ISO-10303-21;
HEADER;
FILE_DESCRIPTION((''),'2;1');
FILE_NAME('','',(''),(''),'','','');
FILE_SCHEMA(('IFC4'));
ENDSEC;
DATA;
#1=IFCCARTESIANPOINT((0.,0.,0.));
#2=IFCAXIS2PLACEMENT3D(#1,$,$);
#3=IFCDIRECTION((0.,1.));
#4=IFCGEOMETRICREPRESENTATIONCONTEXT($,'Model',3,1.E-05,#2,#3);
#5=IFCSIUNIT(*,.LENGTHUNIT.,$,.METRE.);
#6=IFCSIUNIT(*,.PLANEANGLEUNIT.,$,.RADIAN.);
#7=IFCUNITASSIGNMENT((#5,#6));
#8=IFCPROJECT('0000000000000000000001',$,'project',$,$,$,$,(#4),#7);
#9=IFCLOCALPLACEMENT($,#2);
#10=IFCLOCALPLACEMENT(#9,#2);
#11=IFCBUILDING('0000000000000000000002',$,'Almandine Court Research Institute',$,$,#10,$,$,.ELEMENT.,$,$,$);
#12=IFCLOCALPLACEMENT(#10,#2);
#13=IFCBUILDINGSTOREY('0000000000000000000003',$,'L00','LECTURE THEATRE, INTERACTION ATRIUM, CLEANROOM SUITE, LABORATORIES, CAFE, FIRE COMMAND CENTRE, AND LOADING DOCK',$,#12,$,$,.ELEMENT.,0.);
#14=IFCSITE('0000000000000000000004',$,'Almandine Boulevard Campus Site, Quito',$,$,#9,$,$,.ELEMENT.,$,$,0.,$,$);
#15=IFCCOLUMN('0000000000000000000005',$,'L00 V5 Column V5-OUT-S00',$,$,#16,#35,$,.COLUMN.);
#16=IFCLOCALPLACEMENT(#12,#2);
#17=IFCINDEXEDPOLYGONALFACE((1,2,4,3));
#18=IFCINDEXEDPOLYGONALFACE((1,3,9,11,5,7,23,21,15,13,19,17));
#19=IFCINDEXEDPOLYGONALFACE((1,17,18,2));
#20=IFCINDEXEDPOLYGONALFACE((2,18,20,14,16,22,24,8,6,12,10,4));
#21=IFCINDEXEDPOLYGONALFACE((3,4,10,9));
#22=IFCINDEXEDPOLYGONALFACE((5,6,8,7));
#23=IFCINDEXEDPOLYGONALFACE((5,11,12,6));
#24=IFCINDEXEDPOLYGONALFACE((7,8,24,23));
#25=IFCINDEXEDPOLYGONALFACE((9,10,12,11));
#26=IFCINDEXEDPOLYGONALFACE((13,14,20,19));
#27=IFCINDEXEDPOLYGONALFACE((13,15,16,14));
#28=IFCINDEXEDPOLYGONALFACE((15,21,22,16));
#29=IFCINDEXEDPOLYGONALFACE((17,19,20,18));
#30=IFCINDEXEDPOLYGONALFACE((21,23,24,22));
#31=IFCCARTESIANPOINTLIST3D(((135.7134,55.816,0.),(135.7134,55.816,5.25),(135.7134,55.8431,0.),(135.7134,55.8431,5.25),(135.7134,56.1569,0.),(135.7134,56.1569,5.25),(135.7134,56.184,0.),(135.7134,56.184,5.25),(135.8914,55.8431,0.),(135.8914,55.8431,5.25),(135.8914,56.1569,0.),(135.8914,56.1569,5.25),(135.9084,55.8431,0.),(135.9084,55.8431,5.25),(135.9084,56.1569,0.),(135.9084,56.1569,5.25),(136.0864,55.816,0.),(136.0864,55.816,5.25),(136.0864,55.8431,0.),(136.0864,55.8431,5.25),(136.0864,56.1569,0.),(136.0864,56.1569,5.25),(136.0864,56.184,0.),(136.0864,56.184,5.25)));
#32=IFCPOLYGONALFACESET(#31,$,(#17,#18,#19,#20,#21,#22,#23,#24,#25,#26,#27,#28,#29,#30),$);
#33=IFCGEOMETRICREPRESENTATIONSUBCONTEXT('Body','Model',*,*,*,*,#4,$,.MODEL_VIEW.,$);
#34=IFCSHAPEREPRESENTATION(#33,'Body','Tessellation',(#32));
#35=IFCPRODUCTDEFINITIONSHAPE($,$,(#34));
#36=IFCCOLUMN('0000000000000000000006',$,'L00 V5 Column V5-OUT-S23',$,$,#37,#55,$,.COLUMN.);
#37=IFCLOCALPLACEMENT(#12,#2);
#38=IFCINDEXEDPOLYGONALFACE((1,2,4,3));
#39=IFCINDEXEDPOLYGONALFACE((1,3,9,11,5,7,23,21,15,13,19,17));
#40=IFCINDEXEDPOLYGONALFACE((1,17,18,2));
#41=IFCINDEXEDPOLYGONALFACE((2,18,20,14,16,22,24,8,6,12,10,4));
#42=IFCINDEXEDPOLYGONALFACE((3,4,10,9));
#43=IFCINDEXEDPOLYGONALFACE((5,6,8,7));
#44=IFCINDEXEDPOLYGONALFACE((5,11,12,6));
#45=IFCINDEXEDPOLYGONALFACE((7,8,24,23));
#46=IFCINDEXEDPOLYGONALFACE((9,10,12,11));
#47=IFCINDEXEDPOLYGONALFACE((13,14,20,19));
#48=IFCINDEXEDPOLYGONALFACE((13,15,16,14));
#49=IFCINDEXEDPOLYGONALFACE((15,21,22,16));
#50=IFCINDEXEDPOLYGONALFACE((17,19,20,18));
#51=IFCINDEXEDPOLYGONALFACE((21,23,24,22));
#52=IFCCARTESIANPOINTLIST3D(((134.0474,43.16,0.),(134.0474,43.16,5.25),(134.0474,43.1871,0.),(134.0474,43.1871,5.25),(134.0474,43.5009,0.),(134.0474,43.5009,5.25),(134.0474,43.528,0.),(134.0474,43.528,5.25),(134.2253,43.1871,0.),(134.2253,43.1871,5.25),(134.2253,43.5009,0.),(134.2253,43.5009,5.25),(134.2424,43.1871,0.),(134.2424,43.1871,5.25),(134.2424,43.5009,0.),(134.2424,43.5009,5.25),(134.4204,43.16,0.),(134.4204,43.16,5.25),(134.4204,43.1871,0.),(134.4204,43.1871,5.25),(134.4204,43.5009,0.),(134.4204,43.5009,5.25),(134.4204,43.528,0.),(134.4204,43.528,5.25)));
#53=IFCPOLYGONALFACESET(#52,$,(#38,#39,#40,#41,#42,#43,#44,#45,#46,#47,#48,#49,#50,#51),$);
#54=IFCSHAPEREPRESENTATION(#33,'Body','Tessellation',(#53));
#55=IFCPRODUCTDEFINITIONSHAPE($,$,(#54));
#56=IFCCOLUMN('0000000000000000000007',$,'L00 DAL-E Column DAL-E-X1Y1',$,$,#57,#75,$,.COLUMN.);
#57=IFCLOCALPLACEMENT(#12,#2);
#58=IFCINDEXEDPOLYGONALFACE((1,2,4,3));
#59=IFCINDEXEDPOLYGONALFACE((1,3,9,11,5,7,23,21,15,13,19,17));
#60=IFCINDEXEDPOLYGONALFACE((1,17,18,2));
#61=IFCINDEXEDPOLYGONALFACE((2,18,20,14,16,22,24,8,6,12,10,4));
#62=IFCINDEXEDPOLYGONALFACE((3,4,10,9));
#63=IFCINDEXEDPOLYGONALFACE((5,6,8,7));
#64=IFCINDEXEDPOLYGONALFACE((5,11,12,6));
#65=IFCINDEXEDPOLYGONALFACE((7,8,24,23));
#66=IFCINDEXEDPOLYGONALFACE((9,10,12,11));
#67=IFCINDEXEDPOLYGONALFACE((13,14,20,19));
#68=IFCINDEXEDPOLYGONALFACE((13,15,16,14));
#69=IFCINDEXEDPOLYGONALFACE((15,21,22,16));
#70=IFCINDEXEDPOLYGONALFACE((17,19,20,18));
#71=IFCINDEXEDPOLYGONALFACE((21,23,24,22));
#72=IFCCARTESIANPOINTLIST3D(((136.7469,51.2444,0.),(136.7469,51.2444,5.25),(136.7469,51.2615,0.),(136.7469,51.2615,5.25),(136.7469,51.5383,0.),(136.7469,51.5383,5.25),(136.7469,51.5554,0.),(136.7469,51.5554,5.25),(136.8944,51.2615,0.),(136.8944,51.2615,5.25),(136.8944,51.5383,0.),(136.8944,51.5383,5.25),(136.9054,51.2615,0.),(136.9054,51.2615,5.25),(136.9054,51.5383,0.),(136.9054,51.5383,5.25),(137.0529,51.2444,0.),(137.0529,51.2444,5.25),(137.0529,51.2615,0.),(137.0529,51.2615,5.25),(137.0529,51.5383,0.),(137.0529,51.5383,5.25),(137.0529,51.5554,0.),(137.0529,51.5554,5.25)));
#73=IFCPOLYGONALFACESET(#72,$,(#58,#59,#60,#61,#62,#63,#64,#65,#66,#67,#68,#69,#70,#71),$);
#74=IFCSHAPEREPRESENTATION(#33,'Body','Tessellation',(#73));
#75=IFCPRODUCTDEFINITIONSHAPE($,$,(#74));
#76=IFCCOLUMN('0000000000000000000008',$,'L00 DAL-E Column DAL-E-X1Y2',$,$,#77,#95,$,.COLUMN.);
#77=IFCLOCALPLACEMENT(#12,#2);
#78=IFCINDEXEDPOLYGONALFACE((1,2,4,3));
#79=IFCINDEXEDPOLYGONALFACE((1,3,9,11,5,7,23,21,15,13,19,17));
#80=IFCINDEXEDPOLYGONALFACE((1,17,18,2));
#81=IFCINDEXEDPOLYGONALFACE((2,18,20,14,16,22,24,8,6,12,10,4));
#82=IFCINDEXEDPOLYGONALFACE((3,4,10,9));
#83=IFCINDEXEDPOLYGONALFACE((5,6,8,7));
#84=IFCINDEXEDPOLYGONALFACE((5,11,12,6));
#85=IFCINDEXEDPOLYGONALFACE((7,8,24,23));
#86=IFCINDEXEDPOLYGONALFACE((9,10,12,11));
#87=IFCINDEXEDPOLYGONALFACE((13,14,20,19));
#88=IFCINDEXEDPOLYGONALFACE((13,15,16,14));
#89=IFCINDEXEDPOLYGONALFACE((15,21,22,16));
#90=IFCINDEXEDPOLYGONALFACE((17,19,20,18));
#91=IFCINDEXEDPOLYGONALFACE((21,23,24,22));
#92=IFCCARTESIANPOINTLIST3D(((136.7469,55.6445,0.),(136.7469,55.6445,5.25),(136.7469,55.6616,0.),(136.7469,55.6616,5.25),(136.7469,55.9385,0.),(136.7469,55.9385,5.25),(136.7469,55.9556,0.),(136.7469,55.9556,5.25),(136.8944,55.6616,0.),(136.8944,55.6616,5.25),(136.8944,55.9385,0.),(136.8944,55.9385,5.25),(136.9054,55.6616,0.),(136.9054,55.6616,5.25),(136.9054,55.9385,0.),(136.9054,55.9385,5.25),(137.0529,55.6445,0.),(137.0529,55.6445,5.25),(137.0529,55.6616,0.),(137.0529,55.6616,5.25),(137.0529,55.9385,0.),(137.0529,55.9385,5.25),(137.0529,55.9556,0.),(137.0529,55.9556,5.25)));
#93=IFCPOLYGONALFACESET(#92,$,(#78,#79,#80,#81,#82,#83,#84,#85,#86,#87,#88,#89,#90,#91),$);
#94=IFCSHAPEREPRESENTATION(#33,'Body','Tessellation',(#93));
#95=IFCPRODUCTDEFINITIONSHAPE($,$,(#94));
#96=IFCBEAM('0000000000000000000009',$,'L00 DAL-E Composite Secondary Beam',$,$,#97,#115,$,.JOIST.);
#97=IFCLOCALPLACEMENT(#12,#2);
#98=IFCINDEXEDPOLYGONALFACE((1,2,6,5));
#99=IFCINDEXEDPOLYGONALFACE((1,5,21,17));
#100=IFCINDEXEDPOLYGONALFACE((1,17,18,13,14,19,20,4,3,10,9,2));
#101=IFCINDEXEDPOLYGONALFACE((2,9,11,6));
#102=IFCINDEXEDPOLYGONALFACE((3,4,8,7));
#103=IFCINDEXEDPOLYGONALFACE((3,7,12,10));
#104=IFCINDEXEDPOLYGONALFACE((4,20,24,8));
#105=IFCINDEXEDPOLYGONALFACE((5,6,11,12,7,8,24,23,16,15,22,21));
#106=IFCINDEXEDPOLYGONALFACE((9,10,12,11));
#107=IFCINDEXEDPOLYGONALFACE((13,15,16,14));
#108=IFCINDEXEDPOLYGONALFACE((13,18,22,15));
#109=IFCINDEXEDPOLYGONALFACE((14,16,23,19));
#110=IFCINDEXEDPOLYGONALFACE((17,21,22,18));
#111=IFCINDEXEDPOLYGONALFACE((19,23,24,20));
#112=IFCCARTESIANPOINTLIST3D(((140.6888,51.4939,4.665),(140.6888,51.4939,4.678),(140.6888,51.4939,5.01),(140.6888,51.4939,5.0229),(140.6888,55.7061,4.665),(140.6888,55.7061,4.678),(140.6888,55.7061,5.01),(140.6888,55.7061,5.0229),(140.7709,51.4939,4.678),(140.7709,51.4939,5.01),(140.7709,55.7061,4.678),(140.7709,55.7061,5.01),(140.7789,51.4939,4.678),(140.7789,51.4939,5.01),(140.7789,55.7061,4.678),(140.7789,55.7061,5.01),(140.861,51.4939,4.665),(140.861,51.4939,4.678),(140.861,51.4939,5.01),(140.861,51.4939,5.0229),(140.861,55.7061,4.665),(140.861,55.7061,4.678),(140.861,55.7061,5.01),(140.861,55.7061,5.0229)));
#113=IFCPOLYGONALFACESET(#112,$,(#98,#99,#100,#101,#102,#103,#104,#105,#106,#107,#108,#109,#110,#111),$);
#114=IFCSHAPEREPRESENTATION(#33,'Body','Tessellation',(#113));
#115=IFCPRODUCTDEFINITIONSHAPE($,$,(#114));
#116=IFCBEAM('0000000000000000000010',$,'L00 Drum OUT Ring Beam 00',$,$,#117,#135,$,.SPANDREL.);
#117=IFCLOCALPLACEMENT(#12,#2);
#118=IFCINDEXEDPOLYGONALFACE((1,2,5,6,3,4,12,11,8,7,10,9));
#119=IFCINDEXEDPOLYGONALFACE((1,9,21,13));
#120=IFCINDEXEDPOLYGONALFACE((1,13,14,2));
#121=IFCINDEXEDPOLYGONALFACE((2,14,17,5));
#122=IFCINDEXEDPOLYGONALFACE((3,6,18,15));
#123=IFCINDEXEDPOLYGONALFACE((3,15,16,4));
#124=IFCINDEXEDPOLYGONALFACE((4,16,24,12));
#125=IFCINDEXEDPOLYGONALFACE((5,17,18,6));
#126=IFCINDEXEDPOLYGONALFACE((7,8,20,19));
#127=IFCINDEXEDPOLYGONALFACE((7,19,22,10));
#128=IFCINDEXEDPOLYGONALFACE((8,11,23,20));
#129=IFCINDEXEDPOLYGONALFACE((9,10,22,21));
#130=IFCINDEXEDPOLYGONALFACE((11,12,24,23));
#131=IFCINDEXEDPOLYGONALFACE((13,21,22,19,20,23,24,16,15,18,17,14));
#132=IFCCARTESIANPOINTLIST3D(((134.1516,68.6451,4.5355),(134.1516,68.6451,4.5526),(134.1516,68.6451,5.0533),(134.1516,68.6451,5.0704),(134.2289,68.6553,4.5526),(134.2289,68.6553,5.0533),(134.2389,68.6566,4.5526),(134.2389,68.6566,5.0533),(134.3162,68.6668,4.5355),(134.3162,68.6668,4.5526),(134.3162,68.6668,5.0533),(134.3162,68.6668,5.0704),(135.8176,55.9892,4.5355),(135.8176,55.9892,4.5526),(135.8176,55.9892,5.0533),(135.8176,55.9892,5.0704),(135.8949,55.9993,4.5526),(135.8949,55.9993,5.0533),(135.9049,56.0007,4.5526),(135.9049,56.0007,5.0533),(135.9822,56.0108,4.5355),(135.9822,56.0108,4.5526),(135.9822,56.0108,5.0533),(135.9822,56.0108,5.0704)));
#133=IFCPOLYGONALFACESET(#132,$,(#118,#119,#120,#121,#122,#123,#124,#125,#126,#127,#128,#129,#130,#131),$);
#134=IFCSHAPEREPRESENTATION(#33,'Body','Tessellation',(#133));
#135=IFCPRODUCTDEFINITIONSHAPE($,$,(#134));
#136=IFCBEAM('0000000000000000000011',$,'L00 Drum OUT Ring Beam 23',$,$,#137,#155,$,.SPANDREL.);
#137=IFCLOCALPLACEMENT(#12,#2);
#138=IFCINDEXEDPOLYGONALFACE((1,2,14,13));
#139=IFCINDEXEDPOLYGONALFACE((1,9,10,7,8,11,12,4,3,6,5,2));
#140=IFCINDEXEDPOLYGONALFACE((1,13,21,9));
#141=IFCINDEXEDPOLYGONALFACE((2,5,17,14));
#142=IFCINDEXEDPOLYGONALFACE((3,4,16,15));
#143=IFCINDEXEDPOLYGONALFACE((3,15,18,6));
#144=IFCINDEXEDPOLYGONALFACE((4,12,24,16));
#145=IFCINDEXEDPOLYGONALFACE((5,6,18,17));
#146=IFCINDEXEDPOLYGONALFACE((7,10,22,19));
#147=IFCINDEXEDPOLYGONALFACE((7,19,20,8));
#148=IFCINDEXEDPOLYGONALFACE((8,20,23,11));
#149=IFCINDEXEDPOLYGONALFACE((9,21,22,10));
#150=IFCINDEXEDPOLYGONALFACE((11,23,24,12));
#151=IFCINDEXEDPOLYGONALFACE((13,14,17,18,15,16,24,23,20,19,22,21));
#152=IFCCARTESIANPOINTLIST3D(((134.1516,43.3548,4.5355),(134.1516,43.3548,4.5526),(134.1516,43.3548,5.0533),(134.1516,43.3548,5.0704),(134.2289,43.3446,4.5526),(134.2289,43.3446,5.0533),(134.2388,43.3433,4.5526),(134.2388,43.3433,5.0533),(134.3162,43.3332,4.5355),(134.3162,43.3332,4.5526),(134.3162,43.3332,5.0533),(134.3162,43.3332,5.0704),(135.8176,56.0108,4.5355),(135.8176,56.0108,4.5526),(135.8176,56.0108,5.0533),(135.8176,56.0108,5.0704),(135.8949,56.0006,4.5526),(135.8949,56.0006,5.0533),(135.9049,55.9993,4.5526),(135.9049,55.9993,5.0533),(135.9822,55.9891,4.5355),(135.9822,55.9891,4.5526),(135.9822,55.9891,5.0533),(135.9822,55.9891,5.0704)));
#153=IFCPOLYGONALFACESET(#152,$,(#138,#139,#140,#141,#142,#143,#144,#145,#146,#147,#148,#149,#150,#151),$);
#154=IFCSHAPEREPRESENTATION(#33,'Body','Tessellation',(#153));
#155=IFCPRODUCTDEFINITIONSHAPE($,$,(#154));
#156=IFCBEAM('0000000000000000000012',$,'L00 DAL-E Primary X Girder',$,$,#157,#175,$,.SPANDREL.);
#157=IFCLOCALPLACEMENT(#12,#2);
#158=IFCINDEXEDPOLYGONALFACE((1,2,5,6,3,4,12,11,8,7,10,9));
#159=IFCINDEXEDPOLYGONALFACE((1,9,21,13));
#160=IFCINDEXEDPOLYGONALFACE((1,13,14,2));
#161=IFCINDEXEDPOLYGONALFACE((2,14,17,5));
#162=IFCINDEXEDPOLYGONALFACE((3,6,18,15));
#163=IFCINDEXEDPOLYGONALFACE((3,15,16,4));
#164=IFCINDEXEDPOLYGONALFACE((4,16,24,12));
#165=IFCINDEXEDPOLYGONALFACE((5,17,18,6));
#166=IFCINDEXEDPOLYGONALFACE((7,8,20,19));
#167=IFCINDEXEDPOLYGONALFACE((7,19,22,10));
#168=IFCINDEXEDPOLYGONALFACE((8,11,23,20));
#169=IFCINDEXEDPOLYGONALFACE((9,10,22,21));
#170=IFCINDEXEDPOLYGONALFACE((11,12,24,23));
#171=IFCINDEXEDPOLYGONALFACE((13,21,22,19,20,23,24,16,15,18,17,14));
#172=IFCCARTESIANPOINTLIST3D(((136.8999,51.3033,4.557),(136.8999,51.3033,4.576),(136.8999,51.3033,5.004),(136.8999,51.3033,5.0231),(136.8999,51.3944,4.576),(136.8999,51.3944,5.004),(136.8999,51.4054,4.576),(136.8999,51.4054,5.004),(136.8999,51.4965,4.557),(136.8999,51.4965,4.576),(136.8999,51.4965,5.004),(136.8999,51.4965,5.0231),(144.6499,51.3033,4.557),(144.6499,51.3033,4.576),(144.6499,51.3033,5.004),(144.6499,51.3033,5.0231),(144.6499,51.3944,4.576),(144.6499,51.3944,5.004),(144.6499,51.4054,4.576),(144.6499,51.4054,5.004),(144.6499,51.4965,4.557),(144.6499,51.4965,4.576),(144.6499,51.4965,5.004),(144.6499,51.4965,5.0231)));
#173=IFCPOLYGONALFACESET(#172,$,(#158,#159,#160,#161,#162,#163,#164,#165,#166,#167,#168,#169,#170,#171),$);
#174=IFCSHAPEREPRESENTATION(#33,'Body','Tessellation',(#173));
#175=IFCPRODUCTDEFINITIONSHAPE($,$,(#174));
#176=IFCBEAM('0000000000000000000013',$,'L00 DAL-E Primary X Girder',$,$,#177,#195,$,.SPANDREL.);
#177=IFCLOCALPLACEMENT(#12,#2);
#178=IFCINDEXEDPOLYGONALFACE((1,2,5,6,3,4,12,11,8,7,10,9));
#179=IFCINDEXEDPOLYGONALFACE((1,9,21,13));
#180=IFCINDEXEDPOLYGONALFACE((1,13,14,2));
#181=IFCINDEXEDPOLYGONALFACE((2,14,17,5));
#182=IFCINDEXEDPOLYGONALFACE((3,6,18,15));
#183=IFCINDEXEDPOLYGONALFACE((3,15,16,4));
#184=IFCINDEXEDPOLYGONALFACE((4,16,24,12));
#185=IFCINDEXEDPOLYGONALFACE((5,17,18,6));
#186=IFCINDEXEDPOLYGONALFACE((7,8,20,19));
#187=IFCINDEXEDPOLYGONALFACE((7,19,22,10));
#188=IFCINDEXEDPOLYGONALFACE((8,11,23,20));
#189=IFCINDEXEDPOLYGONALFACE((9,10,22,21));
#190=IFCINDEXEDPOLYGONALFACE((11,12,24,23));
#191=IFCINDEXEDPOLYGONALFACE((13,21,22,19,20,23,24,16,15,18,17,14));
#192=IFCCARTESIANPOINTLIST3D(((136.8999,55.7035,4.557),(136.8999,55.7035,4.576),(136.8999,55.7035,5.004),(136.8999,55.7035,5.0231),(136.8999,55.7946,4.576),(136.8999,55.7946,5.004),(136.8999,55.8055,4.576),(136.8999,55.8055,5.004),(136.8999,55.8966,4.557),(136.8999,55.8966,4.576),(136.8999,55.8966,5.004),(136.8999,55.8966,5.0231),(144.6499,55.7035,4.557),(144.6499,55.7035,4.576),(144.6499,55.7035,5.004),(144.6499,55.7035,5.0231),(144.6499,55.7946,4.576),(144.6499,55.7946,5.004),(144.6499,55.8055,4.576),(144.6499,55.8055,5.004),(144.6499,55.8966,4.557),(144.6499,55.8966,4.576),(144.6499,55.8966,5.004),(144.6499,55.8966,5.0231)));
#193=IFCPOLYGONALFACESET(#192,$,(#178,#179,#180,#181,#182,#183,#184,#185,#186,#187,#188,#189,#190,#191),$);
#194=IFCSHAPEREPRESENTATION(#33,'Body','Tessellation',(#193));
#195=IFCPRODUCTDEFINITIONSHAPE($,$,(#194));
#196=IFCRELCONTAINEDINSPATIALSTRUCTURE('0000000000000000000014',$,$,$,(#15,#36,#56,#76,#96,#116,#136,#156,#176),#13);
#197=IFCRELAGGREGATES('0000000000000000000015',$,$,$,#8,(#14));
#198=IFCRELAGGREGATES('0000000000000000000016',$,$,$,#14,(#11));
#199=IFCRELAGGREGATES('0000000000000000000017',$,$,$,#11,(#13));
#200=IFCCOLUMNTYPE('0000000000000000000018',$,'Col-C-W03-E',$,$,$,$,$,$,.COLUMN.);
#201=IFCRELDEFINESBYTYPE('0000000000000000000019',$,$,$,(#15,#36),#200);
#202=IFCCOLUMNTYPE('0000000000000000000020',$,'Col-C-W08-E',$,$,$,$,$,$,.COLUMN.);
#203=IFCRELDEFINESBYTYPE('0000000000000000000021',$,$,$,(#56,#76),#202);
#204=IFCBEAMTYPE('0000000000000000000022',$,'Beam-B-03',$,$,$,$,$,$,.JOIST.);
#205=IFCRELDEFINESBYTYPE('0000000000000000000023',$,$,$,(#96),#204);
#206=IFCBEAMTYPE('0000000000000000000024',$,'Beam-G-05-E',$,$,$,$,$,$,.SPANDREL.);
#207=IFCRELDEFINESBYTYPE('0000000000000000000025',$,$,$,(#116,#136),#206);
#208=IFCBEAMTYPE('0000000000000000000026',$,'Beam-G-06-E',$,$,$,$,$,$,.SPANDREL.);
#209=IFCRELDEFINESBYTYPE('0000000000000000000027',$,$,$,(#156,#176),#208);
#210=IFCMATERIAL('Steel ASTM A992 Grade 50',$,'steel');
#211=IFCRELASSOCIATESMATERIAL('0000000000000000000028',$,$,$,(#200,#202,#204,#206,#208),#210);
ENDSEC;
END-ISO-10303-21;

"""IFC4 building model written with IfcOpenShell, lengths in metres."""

from ifc_helpers import new_model, si_unit, direction, frame, origin, origin_2d, place, context, subcontext, project, spatial, i_section, extrude, material, material_profile, profile_set, type_object, element, save


model = new_model("IFC4")

# Units and contexts
model_context = context("Model", 3, precision=1e-05, world=origin(), true_north=direction((0.0, 1.0)))
body_context = subcontext(model_context, "Body", "Model", "MODEL_VIEW")
ifc_project = project(units=[si_unit("LENGTHUNIT", "METRE"), si_unit("PLANEANGLEUNIT", "RADIAN")], contexts=[model_context])

# Site, building, storey
site_placement = place(None, origin())
site = spatial("IfcSite", under=ifc_project, at=site_placement, Name="Almandine Boulevard Campus Site, Quito", CompositionType="ELEMENT", RefElevation=0.0)
building_placement = place(site_placement, origin())
building = spatial("IfcBuilding", under=site, at=building_placement, Name="Almandine Court Research Institute", CompositionType="ELEMENT")
storey_placement = place(building_placement, origin())
storey = spatial("IfcBuildingStorey", under=building, at=storey_placement, Name="L00", Description="LECTURE THEATRE, INTERACTION ATRIUM, CLEANROOM SUITE, LABORATORIES, CAFE, FIRE COMMAND CENTRE, AND LOADING DOCK", CompositionType="ELEMENT", Elevation=0.0)

# Columns
ifc_material_1 = material(Name="Steel ASTM A992 Grade 50", Category="steel")
ifc_material_profile_1 = material_profile(ifc_material_1, i_section(OverallWidth=0.373, OverallDepth=0.3679, WebThickness=0.0171, FlangeThickness=0.0271, at=origin_2d()), Name="W360x179")
ifc_profile_set_1 = profile_set([ifc_material_profile_1], Name="Steel ASTM A992 Grade 50")
column_type_1 = type_object("IfcColumnType", Name="Col-C-W03-E", PredefinedType="COLUMN", material=ifc_profile_set_1)
for number, where, z_axis, x_axis, name in (
    (1, (135.8999, 56.0, 0.0), (0.0, 0.0, 1.0), (1.0, 0.0, 0.0), "L00 V5 Column V5-OUT-S00"),
    (2, (134.2339, 43.344, 0.0), (0.0, 0.0, 1.0), (1.0, 0.0, 0.0), "L00 V5 Column V5-OUT-S23"),
):
    element("IfcColumn", number, at=place(storey_placement, frame(where, z_axis=z_axis, x_axis=x_axis)), inside=storey, type_object=column_type_1, Name=name, PredefinedType="COLUMN", context=body_context, shape_type="SweptSolid", body=[
        extrude(i_section(OverallWidth=0.373, OverallDepth=0.3679, WebThickness=0.0171, FlangeThickness=0.0271, at=origin_2d()), origin(), (0.0, 0.0, 1.0), 5.25),
    ])
ifc_material_profile_2 = material_profile(ifc_material_1, i_section(OverallWidth=0.3059, OverallDepth=0.311, WebThickness=0.011, FlangeThickness=0.0171, at=origin_2d()), Name="W310x107")
ifc_profile_set_2 = profile_set([ifc_material_profile_2], Name="Steel ASTM A992 Grade 50")
column_type_2 = type_object("IfcColumnType", Name="Col-C-W08-E", PredefinedType="COLUMN", material=ifc_profile_set_2)
for number, where, z_axis, x_axis, name in (
    (3, (136.8999, 51.3999, 0.0), (0.0, 0.0, 1.0), (1.0, 0.0, 0.0), "L00 DAL-E Column DAL-E-X1Y1"),
    (4, (136.8999, 55.8, 0.0), (0.0, 0.0, 1.0), (1.0, 0.0, 0.0), "L00 DAL-E Column DAL-E-X1Y2"),
):
    element("IfcColumn", number, at=place(storey_placement, frame(where, z_axis=z_axis, x_axis=x_axis)), inside=storey, type_object=column_type_2, Name=name, PredefinedType="COLUMN", context=body_context, shape_type="SweptSolid", body=[
        extrude(i_section(OverallWidth=0.3059, OverallDepth=0.311, WebThickness=0.011, FlangeThickness=0.0171, at=origin_2d()), origin(), (0.0, 0.0, 1.0), 5.25),
    ])

# Beams
ifc_material_profile_3 = material_profile(ifc_material_1, i_section(OverallWidth=0.1721, OverallDepth=0.3579, WebThickness=0.0081, FlangeThickness=0.0129, at=origin_2d()), Name="W360x57")
ifc_profile_set_3 = profile_set([ifc_material_profile_3], Name="Steel ASTM A992 Grade 50")
beam_type_1 = type_object("IfcBeamType", Name="Beam-B-03", PredefinedType="JOIST", material=ifc_profile_set_3)
beam_1_placement = place(storey_placement, frame((140.7749, 51.4939, 4.844), z_axis=(0.0, 1.0, 0.0), x_axis=(-1.0, 0.0, 0.0)))
element("IfcBeam", 5, at=beam_1_placement, inside=storey, type_object=beam_type_1, Name="L00 DAL-E Composite Secondary Beam", PredefinedType="JOIST", context=body_context, shape_type="SweptSolid", body=[
    extrude(i_section(OverallWidth=0.1721, OverallDepth=0.3579, WebThickness=0.0081, FlangeThickness=0.0129, at=origin_2d()), origin(), (0.0, 0.0, 1.0), 4.2122),
])
ifc_material_profile_4 = material_profile(ifc_material_1, i_section(OverallWidth=0.166, OverallDepth=0.5349, WebThickness=0.01, FlangeThickness=0.0171, at=origin_2d()), Name="W530x85")
ifc_profile_set_4 = profile_set([ifc_material_profile_4], Name="Steel ASTM A992 Grade 50")
beam_type_2 = type_object("IfcBeamType", Name="Beam-G-05-E", PredefinedType="SPANDREL", material=ifc_profile_set_4)
for number, where, z_axis, x_axis, name in (
    (6, (135.8999, 56.0, 4.803), (-0.130512, 0.991447, 0.0), (-0.991447, -0.130512, 0.0), "L00 Drum OUT Ring Beam 00"),
    (7, (134.2339, 43.344, 4.803), (0.130512, 0.991447, 0.0), (-0.991447, 0.130512, 0.0), "L00 Drum OUT Ring Beam 23"),
):
    element("IfcBeam", number, at=place(storey_placement, frame(where, z_axis=z_axis, x_axis=x_axis)), inside=storey, type_object=beam_type_2, Name=name, PredefinedType="SPANDREL", context=body_context, shape_type="SweptSolid", body=[
        extrude(i_section(OverallWidth=0.166, OverallDepth=0.5349, WebThickness=0.01, FlangeThickness=0.0171, at=origin_2d()), origin(), (0.0, 0.0, 1.0), 12.7651),
    ])
ifc_material_profile_5 = material_profile(ifc_material_1, i_section(OverallWidth=0.1931, OverallDepth=0.4661, WebThickness=0.011, FlangeThickness=0.019, at=origin_2d()), Name="W460x97")
ifc_profile_set_5 = profile_set([ifc_material_profile_5], Name="Steel ASTM A992 Grade 50")
beam_type_3 = type_object("IfcBeamType", Name="Beam-G-06-E", PredefinedType="SPANDREL", material=ifc_profile_set_5)
for number, where, z_axis, x_axis, name in (
    (8, (136.8999, 51.3999, 4.79), (1.0, 0.0, 0.0), (0.0, 1.0, 0.0), "L00 DAL-E Primary X Girder"),
    (9, (136.8999, 55.8, 4.79), (1.0, 0.0, 0.0), (0.0, 1.0, 0.0), "L00 DAL-E Primary X Girder"),
):
    element("IfcBeam", number, at=place(storey_placement, frame(where, z_axis=z_axis, x_axis=x_axis)), inside=storey, type_object=beam_type_3, Name=name, PredefinedType="SPANDREL", context=body_context, shape_type="SweptSolid", body=[
        extrude(i_section(OverallWidth=0.1931, OverallDepth=0.4661, WebThickness=0.011, FlangeThickness=0.019, at=origin_2d()), origin(), (0.0, 0.0, 1.0), 7.75),
    ])

save(model, "model.ifc")
